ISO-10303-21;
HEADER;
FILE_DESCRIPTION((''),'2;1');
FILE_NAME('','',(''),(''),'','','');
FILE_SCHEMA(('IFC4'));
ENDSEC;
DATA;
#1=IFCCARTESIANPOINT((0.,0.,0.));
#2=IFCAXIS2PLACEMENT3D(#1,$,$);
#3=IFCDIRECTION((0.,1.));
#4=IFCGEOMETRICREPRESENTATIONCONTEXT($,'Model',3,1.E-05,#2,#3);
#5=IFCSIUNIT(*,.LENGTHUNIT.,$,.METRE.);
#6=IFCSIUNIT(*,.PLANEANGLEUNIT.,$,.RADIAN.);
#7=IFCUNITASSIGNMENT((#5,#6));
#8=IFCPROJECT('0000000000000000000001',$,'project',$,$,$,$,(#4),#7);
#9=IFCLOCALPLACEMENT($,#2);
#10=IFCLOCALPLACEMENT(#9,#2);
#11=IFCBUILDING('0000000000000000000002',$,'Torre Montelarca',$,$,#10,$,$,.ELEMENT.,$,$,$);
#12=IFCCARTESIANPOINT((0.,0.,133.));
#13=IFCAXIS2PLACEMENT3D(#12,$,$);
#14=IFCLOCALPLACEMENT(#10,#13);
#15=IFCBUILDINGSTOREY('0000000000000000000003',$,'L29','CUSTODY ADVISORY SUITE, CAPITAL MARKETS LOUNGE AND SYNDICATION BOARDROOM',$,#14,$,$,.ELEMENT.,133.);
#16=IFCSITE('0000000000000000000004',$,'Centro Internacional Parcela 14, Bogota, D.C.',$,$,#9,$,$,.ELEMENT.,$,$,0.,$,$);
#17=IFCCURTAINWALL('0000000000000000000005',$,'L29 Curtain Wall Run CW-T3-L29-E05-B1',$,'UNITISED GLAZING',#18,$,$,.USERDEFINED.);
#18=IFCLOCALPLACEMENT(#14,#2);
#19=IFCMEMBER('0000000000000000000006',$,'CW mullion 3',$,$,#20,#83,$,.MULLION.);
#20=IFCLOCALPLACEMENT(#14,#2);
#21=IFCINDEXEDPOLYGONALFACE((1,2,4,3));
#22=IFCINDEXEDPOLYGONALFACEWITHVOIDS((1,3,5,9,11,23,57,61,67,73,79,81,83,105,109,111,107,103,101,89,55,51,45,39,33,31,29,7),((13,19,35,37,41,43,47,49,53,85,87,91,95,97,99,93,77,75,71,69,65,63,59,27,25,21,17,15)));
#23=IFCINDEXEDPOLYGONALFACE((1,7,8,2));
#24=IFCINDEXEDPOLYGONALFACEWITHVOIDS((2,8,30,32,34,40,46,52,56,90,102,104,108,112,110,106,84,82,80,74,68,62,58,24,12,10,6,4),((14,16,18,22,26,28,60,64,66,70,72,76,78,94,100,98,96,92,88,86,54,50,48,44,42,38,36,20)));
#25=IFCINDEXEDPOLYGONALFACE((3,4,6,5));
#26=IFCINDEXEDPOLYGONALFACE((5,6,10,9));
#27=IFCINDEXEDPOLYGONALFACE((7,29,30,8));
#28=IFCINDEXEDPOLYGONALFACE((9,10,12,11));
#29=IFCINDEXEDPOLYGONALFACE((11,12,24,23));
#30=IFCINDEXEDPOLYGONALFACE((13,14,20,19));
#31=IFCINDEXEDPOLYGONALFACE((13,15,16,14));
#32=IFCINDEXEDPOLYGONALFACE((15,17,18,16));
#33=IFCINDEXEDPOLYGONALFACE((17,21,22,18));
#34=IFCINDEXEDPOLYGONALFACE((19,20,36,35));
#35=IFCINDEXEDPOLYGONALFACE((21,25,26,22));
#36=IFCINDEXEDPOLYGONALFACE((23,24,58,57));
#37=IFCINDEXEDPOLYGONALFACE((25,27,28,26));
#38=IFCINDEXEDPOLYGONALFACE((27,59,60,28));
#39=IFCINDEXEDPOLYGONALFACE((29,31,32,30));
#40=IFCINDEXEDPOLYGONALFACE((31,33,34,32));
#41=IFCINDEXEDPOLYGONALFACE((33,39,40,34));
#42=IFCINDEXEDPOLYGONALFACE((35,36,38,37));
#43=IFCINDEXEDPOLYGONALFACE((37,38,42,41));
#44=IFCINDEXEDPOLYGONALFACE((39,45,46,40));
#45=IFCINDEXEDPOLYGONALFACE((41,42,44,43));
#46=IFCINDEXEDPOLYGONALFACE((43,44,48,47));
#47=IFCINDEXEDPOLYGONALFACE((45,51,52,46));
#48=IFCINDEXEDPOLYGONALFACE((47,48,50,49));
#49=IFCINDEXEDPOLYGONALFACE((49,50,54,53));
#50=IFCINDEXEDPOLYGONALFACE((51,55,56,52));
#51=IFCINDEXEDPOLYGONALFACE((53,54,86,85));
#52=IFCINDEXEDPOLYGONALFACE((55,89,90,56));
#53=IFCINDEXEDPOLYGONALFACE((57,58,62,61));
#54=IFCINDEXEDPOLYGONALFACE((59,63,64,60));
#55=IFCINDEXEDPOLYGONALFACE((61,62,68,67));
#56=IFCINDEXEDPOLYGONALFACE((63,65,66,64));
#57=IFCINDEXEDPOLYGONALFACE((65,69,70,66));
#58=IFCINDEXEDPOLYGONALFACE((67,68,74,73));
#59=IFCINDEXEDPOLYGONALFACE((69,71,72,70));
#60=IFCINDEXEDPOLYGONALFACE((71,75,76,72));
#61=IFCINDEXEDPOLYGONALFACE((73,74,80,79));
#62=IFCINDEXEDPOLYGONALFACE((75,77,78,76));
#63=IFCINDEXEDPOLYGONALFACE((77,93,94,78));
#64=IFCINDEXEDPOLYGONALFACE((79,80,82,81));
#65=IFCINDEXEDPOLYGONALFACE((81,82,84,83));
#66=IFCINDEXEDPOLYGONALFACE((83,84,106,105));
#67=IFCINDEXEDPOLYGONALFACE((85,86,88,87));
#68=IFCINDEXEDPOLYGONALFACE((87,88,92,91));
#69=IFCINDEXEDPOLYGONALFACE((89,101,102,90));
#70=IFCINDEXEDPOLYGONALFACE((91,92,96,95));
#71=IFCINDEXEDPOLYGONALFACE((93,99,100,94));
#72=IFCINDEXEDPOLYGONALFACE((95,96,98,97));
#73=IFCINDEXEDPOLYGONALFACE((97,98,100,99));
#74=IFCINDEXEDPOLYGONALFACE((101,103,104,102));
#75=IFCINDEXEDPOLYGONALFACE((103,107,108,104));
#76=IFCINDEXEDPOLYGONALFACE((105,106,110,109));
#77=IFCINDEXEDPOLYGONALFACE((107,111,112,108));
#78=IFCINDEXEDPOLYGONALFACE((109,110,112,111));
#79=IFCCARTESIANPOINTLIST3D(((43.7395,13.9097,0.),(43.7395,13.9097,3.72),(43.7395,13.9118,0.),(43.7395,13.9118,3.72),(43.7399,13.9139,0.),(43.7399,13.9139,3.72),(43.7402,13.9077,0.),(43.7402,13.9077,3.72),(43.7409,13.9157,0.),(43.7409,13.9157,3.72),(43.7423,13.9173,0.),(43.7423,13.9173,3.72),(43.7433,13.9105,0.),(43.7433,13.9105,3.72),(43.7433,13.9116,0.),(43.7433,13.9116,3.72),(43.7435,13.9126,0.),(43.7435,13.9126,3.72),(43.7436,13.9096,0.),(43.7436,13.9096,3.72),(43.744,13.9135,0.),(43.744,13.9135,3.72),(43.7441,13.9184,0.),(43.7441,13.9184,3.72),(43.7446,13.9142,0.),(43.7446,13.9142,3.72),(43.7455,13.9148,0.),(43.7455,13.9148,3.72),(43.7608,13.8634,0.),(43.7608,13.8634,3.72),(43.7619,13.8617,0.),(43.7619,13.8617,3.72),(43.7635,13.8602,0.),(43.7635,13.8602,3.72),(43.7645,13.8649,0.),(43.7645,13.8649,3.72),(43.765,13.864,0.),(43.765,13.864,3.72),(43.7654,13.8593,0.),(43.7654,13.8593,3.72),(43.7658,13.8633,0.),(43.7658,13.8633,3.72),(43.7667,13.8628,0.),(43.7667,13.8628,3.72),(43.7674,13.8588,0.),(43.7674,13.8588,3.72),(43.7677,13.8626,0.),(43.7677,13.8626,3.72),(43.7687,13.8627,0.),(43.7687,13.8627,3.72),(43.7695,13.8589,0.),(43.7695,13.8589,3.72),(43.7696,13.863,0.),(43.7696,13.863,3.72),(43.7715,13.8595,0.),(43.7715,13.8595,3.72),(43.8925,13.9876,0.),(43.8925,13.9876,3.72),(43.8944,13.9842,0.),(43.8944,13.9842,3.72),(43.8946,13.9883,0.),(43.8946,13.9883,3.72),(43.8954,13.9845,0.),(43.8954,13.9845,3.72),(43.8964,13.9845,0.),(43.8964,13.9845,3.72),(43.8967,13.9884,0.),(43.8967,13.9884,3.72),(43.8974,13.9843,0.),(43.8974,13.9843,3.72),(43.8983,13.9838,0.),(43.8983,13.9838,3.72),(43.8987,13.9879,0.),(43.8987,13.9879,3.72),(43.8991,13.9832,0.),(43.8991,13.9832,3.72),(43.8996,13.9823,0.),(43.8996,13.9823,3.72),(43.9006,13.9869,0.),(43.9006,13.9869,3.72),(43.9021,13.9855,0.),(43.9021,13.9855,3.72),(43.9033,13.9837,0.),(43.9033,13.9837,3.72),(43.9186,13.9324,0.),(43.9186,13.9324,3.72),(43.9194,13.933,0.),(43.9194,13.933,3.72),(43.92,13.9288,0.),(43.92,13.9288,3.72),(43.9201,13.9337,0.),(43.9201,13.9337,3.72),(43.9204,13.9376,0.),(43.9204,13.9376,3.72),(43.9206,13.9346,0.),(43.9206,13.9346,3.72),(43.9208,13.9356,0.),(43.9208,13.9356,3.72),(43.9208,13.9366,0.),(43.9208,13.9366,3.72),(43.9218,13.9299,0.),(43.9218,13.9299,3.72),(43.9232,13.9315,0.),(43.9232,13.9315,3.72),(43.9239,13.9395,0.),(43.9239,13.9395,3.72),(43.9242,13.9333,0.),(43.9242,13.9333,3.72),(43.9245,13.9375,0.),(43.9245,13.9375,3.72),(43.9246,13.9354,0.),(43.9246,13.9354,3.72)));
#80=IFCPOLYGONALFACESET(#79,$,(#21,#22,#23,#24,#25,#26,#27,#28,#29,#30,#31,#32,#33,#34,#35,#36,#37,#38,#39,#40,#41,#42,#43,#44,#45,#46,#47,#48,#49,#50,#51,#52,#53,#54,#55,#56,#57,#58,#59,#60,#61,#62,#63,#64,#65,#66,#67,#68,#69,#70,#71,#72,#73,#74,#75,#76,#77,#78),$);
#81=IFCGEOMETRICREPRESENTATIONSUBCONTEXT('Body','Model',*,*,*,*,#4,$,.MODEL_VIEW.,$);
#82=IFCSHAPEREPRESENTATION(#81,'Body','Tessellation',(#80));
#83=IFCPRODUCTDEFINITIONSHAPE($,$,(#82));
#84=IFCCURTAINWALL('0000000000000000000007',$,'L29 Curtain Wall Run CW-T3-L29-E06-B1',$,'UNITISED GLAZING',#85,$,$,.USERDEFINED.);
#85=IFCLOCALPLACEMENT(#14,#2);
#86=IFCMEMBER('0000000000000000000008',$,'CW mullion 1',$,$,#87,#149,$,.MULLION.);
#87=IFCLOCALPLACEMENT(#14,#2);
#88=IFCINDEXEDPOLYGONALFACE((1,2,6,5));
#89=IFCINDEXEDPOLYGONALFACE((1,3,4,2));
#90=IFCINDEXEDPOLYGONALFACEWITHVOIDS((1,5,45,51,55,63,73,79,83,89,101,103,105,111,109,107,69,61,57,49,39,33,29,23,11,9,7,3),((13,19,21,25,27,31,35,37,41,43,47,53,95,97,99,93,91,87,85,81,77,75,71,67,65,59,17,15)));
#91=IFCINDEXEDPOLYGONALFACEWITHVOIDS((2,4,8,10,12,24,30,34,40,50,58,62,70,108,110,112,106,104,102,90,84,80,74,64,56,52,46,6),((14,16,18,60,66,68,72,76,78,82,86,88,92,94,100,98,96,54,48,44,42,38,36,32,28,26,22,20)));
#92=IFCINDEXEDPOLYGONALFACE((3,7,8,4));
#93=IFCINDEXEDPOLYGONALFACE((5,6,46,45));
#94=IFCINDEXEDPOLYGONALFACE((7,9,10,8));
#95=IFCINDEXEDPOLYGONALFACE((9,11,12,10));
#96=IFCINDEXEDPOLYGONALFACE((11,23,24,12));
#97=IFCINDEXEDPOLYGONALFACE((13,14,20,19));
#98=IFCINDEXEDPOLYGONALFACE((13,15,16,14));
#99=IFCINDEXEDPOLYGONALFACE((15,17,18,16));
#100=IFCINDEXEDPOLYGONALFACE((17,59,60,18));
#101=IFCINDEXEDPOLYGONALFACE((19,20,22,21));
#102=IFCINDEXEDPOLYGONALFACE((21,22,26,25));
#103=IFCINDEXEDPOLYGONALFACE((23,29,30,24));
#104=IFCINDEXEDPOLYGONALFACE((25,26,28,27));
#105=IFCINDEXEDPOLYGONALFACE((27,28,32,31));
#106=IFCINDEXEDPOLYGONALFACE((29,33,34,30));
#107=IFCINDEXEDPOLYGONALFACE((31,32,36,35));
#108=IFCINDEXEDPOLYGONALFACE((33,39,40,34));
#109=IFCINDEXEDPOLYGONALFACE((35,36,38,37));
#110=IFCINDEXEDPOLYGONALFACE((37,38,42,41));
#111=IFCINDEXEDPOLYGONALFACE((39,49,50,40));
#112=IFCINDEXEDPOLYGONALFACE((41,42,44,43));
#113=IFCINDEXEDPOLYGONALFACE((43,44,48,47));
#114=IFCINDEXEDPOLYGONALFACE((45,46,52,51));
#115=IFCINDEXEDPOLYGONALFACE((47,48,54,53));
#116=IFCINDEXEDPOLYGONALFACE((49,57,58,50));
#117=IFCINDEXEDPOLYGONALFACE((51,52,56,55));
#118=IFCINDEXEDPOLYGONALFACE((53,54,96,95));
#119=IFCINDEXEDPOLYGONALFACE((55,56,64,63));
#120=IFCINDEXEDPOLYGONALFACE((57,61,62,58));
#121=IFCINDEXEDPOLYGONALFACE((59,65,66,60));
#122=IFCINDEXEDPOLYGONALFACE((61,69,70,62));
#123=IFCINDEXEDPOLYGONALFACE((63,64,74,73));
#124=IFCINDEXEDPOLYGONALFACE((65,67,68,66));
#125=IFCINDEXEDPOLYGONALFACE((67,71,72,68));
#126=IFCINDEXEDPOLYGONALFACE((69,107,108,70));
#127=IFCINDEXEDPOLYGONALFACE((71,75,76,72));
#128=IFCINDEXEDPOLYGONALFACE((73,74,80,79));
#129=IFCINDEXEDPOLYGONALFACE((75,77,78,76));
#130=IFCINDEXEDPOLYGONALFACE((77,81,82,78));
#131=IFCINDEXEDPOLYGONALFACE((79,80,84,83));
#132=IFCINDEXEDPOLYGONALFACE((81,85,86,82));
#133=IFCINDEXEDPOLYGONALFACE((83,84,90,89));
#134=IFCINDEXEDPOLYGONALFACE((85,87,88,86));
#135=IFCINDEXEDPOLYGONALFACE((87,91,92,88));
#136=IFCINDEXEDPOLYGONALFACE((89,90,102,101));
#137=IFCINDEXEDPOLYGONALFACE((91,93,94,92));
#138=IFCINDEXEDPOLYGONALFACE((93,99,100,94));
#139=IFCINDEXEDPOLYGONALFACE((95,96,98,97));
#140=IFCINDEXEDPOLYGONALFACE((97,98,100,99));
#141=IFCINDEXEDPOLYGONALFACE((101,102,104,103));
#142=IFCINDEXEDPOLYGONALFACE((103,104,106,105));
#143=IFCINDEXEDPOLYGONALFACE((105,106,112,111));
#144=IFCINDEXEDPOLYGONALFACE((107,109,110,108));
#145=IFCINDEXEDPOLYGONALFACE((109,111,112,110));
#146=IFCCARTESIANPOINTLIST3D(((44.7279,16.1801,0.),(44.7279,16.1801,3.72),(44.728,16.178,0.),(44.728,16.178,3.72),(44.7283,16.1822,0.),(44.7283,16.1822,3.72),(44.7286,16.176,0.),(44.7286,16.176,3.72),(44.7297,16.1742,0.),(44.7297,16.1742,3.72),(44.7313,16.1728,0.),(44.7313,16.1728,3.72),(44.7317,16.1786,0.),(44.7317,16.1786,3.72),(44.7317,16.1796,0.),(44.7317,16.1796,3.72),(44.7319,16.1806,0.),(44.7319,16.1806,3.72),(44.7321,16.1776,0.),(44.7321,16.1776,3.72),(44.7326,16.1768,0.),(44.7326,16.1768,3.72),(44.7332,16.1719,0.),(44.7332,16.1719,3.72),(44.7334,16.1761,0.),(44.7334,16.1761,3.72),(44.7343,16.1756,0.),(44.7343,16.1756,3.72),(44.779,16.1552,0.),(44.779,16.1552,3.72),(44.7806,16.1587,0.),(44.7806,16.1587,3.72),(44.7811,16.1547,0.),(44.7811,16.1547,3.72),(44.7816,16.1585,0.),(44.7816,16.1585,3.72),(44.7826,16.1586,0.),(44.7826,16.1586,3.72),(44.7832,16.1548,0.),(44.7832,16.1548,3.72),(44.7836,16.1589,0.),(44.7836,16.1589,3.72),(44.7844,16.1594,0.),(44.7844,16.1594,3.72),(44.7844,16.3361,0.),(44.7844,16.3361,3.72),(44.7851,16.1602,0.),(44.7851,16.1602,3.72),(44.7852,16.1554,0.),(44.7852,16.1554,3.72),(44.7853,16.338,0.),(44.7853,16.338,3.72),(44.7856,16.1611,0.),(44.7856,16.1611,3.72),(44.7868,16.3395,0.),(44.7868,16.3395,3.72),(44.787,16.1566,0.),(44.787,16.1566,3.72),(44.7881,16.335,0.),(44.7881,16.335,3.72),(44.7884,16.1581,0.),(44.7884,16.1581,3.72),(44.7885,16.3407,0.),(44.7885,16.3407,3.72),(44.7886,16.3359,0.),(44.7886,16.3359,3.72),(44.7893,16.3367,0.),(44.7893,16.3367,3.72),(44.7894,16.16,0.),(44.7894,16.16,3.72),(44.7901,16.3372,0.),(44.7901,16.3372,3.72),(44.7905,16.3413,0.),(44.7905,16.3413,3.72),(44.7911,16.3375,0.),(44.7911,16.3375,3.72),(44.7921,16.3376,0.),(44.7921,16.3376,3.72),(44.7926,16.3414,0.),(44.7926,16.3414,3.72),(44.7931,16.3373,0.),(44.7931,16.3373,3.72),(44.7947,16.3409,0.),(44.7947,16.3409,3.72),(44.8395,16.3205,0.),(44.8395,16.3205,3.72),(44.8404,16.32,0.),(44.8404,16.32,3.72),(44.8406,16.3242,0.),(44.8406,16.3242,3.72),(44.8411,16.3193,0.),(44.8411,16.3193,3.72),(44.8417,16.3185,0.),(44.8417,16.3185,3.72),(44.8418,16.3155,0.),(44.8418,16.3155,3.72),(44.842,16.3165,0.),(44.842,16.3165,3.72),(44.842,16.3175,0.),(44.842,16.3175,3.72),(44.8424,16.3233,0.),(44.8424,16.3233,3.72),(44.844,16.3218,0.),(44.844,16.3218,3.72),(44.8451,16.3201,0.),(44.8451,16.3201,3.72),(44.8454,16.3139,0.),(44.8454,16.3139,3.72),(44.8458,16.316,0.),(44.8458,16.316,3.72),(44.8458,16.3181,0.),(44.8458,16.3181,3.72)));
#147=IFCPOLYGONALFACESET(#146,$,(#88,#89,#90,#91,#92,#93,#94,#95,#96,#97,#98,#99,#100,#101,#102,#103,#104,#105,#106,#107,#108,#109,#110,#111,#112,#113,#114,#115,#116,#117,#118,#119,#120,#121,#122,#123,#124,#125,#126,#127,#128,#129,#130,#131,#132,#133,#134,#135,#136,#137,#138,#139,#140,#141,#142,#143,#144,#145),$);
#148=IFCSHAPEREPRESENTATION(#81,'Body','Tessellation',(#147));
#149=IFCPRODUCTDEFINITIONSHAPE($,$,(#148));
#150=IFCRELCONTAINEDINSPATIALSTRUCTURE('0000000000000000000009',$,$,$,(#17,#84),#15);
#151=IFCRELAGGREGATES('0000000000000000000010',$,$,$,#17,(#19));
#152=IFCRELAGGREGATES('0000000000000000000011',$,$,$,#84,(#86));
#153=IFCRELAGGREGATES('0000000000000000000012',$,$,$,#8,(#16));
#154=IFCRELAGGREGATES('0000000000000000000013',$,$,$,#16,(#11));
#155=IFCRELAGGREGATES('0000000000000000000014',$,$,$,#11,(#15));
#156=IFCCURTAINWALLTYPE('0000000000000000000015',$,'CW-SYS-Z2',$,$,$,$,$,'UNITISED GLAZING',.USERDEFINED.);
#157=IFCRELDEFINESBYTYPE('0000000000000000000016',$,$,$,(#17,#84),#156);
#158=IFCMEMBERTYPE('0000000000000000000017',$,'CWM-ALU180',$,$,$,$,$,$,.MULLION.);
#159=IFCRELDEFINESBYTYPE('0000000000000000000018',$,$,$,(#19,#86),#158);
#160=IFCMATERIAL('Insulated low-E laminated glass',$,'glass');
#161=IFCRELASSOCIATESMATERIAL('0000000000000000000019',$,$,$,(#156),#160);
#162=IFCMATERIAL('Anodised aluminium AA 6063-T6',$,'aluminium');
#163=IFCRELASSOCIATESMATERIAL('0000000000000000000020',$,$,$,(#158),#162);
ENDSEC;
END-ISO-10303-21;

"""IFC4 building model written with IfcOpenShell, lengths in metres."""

from ifc_helpers import new_model, si_unit, direction, frame, origin, origin_2d, place, context, subcontext, project, spatial, hollow_rectangle, extrude, source, transform, mapped, material, material_profile, profile_set, type_object, element, aggregate, save


model = new_model("IFC4")

# Units and contexts
model_context = context("Model", 3, precision=1e-05, world=origin(), true_north=direction((0.0, 1.0)))
body_context = subcontext(model_context, "Body", "Model", "MODEL_VIEW")
ifc_project = project(units=[si_unit("LENGTHUNIT", "METRE"), si_unit("PLANEANGLEUNIT", "RADIAN")], contexts=[model_context])

# Site, building, storey
site_placement = place(None, origin())
site = spatial("IfcSite", under=ifc_project, at=site_placement, Name="Centro Internacional Parcela 14, Bogota, D.C.", CompositionType="ELEMENT", RefElevation=0.0)
building_placement = place(site_placement, origin())
building = spatial("IfcBuilding", under=site, at=building_placement, Name="Torre Montelarca", CompositionType="ELEMENT")
storey_placement = place(building_placement, frame((0.0, 0.0, 133.0)))
storey = spatial("IfcBuildingStorey", under=building, at=storey_placement, Name="L29", Description="CUSTODY ADVISORY SUITE, CAPITAL MARKETS LOUNGE AND SYNDICATION BOARDROOM", CompositionType="ELEMENT", Elevation=133.0)

# Curtain walls, members
ifc_material_1 = material(Name="Insulated low-E laminated glass", Category="glass")
curtain_wall_type = type_object("IfcCurtainWallType", Name="CW-SYS-Z2", ElementType="UNITISED GLAZING", PredefinedType="USERDEFINED", material=ifc_material_1)
curtain_wall_1_placement = place(storey_placement, origin())
curtain_wall_1 = element("IfcCurtainWall", 1, at=curtain_wall_1_placement, inside=storey, type_object=curtain_wall_type, Name="L29 Curtain Wall Run CW-T3-L29-E05-B1", ObjectType="UNITISED GLAZING", PredefinedType="USERDEFINED")
ifc_material_2 = material(Name="Anodised aluminium AA 6063-T6", Category="aluminium")
ifc_material_profile_1 = material_profile(ifc_material_2, hollow_rectangle(XDim=0.0649, YDim=0.1799, WallThickness=0.0039, InnerFilletRadius=0.0039, OuterFilletRadius=0.0081, at=origin_2d()), Name="ALU65X180X4", Category="aluminium")
ifc_profile_set_1 = profile_set([ifc_material_profile_1], Name="Anodised aluminium AA 6063-T6")
member_type_1 = type_object("IfcMemberType", Name="CWM-ALU180", PredefinedType="MULLION", material=ifc_profile_set_1)
shared_shape_1 = source(origin(), body_context, "Body", "SweptSolid", [
    extrude(hollow_rectangle(XDim=0.0649, YDim=0.1799, WallThickness=0.0039, InnerFilletRadius=0.0039, OuterFilletRadius=0.0081, at=origin_2d()), origin(), (0.0, 0.0, 1.0), 3.72),
])
member_1_placement = place(storey_placement, frame((43.832, 13.9236, 0.0), z_axis=(0.0, 0.0, 1.0), x_axis=(-0.422598, 0.906317, 0.0)))
member_1 = element("IfcMember", 2, at=member_1_placement, type_object=member_type_1, Name="CW mullion 3", PredefinedType="MULLION", context=body_context, shape_type="MappedRepresentation", body=[
    mapped(shared_shape_1, transform((0.0, 0.0, 0.0), scale=1.0)),
])
curtain_wall_2_placement = place(storey_placement, origin())
curtain_wall_2 = element("IfcCurtainWall", 3, at=curtain_wall_2_placement, inside=storey, type_object=curtain_wall_type, Name="L29 Curtain Wall Run CW-T3-L29-E06-B1", ObjectType="UNITISED GLAZING", PredefinedType="USERDEFINED")
member_2_placement = place(storey_placement, frame((44.7869, 16.248, 0.0), z_axis=(0.0, 0.0, 1.0), x_axis=(-0.939689, 0.342031, 0.0)))
member_2 = element("IfcMember", 4, at=member_2_placement, type_object=member_type_1, Name="CW mullion 1", PredefinedType="MULLION", context=body_context, shape_type="MappedRepresentation", body=[
    mapped(shared_shape_1, transform((0.0, 0.0, 0.0), scale=1.0)),
])

aggregate(curtain_wall_1, [member_1])
aggregate(curtain_wall_2, [member_2])

save(model, "model.ifc")
